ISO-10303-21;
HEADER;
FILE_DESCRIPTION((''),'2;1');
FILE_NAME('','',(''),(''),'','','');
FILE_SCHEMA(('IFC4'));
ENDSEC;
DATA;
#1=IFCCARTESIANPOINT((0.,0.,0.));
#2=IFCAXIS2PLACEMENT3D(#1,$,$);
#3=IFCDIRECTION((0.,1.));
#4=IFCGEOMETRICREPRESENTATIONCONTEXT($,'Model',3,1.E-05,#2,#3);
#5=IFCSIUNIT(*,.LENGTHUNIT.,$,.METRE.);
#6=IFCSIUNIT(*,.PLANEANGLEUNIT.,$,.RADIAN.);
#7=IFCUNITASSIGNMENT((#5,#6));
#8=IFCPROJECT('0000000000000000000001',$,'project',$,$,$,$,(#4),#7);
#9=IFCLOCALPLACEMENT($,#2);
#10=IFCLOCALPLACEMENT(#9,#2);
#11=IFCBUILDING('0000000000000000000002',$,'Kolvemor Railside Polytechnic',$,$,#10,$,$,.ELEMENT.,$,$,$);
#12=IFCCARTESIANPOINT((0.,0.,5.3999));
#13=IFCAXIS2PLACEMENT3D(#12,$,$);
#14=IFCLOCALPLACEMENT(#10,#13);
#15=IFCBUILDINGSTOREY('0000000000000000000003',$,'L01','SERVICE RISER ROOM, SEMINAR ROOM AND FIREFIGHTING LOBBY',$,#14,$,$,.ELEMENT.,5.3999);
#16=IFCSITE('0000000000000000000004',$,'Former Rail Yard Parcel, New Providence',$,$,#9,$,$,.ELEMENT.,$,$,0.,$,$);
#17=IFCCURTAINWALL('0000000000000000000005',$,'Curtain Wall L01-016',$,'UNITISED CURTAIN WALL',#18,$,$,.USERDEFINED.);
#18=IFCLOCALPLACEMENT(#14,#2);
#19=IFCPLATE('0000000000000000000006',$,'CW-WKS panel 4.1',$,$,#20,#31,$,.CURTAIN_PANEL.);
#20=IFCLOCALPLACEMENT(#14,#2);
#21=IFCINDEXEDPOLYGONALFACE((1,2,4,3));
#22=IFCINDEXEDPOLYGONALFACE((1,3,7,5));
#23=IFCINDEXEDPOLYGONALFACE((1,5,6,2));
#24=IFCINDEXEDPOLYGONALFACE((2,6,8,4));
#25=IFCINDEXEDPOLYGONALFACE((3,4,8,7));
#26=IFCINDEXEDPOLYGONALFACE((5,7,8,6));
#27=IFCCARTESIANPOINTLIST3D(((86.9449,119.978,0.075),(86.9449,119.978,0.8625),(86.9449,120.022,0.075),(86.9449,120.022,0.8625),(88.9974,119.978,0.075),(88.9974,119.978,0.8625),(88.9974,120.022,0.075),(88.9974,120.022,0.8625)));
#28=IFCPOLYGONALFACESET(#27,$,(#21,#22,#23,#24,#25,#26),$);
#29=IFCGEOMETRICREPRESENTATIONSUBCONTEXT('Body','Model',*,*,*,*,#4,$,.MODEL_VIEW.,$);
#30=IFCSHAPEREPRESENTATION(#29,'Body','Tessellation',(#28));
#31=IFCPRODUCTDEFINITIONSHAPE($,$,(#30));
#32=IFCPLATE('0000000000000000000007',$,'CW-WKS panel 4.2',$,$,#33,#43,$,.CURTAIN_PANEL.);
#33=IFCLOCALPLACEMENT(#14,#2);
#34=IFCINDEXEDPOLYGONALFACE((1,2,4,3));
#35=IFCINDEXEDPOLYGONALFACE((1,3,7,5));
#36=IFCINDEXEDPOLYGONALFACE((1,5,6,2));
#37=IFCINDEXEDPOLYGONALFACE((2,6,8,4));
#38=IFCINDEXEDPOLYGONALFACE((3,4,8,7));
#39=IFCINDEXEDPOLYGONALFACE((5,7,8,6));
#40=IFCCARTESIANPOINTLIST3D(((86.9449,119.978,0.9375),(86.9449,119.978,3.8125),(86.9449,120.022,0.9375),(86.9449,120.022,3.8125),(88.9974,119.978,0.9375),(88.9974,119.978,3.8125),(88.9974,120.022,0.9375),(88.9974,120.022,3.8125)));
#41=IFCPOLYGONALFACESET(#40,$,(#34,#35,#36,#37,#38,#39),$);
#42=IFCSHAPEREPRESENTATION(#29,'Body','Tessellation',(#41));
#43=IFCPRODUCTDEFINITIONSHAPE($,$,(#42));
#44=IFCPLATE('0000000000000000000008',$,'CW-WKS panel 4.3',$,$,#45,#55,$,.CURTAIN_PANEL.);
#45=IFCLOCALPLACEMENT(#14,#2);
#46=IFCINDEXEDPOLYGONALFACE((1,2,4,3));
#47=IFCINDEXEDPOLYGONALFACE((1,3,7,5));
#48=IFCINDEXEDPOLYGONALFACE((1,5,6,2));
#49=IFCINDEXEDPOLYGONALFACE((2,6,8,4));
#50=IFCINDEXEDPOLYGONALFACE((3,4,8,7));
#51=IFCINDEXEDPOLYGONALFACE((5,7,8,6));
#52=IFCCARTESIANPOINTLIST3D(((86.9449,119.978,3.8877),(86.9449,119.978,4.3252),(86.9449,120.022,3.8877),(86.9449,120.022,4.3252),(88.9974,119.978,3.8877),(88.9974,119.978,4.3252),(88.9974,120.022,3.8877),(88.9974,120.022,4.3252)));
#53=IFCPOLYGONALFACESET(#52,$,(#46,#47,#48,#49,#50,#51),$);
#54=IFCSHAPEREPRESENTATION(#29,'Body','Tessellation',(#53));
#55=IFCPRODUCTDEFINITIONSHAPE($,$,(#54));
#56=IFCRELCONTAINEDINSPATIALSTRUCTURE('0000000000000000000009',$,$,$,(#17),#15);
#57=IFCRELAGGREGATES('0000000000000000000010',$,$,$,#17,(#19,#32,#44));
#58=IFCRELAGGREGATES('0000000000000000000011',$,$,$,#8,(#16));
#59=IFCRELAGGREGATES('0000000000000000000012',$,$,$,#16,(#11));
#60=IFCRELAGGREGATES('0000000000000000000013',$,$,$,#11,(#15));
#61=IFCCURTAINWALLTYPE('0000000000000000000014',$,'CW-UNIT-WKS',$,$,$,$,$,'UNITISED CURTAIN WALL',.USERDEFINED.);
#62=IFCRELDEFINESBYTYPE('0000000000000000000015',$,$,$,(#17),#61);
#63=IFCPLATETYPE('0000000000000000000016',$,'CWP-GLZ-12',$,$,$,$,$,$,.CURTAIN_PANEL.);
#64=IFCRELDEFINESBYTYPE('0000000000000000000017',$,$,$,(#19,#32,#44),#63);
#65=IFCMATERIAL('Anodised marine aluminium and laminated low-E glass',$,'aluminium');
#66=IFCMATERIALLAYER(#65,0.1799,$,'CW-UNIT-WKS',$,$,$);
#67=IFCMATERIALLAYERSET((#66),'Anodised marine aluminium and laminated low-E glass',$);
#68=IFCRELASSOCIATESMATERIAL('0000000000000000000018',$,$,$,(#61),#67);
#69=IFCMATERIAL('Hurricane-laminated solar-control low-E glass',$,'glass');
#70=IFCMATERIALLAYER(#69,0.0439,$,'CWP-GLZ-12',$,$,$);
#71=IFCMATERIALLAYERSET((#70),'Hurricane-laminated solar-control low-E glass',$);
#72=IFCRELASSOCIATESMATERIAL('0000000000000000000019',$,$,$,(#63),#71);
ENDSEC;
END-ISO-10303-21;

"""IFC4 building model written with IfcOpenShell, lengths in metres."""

from ifc_helpers import new_model, si_unit, direction, frame, origin, origin_2d, place, context, subcontext, project, spatial, rectangle, extrude, material, layer, layer_set, type_object, element, aggregate, save


model = new_model("IFC4")

# Units and contexts
model_context = context("Model", 3, precision=1e-05, world=origin(), true_north=direction((0.0, 1.0)))
body_context = subcontext(model_context, "Body", "Model", "MODEL_VIEW")
ifc_project = project(units=[si_unit("LENGTHUNIT", "METRE"), si_unit("PLANEANGLEUNIT", "RADIAN")], contexts=[model_context])

# Site, building, storey
site_placement = place(None, origin())
site = spatial("IfcSite", under=ifc_project, at=site_placement, Name="Former Rail Yard Parcel, New Providence", CompositionType="ELEMENT", RefElevation=0.0)
building_placement = place(site_placement, origin())
building = spatial("IfcBuilding", under=site, at=building_placement, Name="Kolvemor Railside Polytechnic", CompositionType="ELEMENT")
storey_placement = place(building_placement, frame((0.0, 0.0, 5.3999)))
storey = spatial("IfcBuildingStorey", under=building, at=storey_placement, Name="L01", Description="SERVICE RISER ROOM, SEMINAR ROOM AND FIREFIGHTING LOBBY", CompositionType="ELEMENT", Elevation=5.3999)

# Shared definitions
ifc_material_1 = material(Name="Anodised marine aluminium and laminated low-E glass", Category="aluminium")
ifc_layer_1 = layer(ifc_material_1, 0.1799, Name="CW-UNIT-WKS")
ifc_layer_set_1 = layer_set([ifc_layer_1], Name="Anodised marine aluminium and laminated low-E glass")
curtain_wall_type = type_object("IfcCurtainWallType", Name="CW-UNIT-WKS", ElementType="UNITISED CURTAIN WALL", PredefinedType="USERDEFINED", material=ifc_layer_set_1)

# Curtain wall, plates
curtain_wall_1_placement = place(storey_placement, origin())
curtain_wall_1 = element("IfcCurtainWall", 1, at=curtain_wall_1_placement, inside=storey, type_object=curtain_wall_type, Name="Curtain Wall L01-016", ObjectType="UNITISED CURTAIN WALL", PredefinedType="USERDEFINED")
ifc_material_2 = material(Name="Hurricane-laminated solar-control low-E glass", Category="glass")
ifc_layer_2 = layer(ifc_material_2, 0.0439, Name="CWP-GLZ-12")
ifc_layer_set_2 = layer_set([ifc_layer_2], Name="Hurricane-laminated solar-control low-E glass")
plate_type = type_object("IfcPlateType", Name="CWP-GLZ-12", PredefinedType="CURTAIN_PANEL", material=ifc_layer_set_2)
plate_1_placement = place(storey_placement, frame((87.9712, 120.0, 0.075), z_axis=(0.0, 0.0, 1.0), x_axis=(-1.0, 0.0, 0.0)))
plate_1 = element("IfcPlate", 2, at=plate_1_placement, type_object=plate_type, Name="CW-WKS panel 4.1", PredefinedType="CURTAIN_PANEL", context=body_context, shape_type="SweptSolid", body=[
    extrude(rectangle(XDim=2.0525, YDim=0.0439, at=origin_2d()), origin(), (0.0, 0.0, 1.0), 0.7876),
])
plate_2_placement = place(storey_placement, frame((87.9712, 120.0, 0.9375), z_axis=(0.0, 0.0, 1.0), x_axis=(-1.0, 0.0, 0.0)))
plate_2 = element("IfcPlate", 3, at=plate_2_placement, type_object=plate_type, Name="CW-WKS panel 4.2", PredefinedType="CURTAIN_PANEL", context=body_context, shape_type="SweptSolid", body=[
    extrude(rectangle(XDim=2.0525, YDim=0.0439, at=origin_2d()), origin(), (0.0, 0.0, 1.0), 2.875),
])
plate_3_placement = place(storey_placement, frame((87.9712, 120.0, 3.8877), z_axis=(0.0, 0.0, 1.0), x_axis=(-1.0, 0.0, 0.0)))
plate_3 = element("IfcPlate", 4, at=plate_3_placement, type_object=plate_type, Name="CW-WKS panel 4.3", PredefinedType="CURTAIN_PANEL", context=body_context, shape_type="SweptSolid", body=[
    extrude(rectangle(XDim=2.0525, YDim=0.0439, at=origin_2d()), origin(), (0.0, 0.0, 1.0), 0.4375),
])
aggregate(curtain_wall_1, [plate_1, plate_2, plate_3])

save(model, "model.ifc")
